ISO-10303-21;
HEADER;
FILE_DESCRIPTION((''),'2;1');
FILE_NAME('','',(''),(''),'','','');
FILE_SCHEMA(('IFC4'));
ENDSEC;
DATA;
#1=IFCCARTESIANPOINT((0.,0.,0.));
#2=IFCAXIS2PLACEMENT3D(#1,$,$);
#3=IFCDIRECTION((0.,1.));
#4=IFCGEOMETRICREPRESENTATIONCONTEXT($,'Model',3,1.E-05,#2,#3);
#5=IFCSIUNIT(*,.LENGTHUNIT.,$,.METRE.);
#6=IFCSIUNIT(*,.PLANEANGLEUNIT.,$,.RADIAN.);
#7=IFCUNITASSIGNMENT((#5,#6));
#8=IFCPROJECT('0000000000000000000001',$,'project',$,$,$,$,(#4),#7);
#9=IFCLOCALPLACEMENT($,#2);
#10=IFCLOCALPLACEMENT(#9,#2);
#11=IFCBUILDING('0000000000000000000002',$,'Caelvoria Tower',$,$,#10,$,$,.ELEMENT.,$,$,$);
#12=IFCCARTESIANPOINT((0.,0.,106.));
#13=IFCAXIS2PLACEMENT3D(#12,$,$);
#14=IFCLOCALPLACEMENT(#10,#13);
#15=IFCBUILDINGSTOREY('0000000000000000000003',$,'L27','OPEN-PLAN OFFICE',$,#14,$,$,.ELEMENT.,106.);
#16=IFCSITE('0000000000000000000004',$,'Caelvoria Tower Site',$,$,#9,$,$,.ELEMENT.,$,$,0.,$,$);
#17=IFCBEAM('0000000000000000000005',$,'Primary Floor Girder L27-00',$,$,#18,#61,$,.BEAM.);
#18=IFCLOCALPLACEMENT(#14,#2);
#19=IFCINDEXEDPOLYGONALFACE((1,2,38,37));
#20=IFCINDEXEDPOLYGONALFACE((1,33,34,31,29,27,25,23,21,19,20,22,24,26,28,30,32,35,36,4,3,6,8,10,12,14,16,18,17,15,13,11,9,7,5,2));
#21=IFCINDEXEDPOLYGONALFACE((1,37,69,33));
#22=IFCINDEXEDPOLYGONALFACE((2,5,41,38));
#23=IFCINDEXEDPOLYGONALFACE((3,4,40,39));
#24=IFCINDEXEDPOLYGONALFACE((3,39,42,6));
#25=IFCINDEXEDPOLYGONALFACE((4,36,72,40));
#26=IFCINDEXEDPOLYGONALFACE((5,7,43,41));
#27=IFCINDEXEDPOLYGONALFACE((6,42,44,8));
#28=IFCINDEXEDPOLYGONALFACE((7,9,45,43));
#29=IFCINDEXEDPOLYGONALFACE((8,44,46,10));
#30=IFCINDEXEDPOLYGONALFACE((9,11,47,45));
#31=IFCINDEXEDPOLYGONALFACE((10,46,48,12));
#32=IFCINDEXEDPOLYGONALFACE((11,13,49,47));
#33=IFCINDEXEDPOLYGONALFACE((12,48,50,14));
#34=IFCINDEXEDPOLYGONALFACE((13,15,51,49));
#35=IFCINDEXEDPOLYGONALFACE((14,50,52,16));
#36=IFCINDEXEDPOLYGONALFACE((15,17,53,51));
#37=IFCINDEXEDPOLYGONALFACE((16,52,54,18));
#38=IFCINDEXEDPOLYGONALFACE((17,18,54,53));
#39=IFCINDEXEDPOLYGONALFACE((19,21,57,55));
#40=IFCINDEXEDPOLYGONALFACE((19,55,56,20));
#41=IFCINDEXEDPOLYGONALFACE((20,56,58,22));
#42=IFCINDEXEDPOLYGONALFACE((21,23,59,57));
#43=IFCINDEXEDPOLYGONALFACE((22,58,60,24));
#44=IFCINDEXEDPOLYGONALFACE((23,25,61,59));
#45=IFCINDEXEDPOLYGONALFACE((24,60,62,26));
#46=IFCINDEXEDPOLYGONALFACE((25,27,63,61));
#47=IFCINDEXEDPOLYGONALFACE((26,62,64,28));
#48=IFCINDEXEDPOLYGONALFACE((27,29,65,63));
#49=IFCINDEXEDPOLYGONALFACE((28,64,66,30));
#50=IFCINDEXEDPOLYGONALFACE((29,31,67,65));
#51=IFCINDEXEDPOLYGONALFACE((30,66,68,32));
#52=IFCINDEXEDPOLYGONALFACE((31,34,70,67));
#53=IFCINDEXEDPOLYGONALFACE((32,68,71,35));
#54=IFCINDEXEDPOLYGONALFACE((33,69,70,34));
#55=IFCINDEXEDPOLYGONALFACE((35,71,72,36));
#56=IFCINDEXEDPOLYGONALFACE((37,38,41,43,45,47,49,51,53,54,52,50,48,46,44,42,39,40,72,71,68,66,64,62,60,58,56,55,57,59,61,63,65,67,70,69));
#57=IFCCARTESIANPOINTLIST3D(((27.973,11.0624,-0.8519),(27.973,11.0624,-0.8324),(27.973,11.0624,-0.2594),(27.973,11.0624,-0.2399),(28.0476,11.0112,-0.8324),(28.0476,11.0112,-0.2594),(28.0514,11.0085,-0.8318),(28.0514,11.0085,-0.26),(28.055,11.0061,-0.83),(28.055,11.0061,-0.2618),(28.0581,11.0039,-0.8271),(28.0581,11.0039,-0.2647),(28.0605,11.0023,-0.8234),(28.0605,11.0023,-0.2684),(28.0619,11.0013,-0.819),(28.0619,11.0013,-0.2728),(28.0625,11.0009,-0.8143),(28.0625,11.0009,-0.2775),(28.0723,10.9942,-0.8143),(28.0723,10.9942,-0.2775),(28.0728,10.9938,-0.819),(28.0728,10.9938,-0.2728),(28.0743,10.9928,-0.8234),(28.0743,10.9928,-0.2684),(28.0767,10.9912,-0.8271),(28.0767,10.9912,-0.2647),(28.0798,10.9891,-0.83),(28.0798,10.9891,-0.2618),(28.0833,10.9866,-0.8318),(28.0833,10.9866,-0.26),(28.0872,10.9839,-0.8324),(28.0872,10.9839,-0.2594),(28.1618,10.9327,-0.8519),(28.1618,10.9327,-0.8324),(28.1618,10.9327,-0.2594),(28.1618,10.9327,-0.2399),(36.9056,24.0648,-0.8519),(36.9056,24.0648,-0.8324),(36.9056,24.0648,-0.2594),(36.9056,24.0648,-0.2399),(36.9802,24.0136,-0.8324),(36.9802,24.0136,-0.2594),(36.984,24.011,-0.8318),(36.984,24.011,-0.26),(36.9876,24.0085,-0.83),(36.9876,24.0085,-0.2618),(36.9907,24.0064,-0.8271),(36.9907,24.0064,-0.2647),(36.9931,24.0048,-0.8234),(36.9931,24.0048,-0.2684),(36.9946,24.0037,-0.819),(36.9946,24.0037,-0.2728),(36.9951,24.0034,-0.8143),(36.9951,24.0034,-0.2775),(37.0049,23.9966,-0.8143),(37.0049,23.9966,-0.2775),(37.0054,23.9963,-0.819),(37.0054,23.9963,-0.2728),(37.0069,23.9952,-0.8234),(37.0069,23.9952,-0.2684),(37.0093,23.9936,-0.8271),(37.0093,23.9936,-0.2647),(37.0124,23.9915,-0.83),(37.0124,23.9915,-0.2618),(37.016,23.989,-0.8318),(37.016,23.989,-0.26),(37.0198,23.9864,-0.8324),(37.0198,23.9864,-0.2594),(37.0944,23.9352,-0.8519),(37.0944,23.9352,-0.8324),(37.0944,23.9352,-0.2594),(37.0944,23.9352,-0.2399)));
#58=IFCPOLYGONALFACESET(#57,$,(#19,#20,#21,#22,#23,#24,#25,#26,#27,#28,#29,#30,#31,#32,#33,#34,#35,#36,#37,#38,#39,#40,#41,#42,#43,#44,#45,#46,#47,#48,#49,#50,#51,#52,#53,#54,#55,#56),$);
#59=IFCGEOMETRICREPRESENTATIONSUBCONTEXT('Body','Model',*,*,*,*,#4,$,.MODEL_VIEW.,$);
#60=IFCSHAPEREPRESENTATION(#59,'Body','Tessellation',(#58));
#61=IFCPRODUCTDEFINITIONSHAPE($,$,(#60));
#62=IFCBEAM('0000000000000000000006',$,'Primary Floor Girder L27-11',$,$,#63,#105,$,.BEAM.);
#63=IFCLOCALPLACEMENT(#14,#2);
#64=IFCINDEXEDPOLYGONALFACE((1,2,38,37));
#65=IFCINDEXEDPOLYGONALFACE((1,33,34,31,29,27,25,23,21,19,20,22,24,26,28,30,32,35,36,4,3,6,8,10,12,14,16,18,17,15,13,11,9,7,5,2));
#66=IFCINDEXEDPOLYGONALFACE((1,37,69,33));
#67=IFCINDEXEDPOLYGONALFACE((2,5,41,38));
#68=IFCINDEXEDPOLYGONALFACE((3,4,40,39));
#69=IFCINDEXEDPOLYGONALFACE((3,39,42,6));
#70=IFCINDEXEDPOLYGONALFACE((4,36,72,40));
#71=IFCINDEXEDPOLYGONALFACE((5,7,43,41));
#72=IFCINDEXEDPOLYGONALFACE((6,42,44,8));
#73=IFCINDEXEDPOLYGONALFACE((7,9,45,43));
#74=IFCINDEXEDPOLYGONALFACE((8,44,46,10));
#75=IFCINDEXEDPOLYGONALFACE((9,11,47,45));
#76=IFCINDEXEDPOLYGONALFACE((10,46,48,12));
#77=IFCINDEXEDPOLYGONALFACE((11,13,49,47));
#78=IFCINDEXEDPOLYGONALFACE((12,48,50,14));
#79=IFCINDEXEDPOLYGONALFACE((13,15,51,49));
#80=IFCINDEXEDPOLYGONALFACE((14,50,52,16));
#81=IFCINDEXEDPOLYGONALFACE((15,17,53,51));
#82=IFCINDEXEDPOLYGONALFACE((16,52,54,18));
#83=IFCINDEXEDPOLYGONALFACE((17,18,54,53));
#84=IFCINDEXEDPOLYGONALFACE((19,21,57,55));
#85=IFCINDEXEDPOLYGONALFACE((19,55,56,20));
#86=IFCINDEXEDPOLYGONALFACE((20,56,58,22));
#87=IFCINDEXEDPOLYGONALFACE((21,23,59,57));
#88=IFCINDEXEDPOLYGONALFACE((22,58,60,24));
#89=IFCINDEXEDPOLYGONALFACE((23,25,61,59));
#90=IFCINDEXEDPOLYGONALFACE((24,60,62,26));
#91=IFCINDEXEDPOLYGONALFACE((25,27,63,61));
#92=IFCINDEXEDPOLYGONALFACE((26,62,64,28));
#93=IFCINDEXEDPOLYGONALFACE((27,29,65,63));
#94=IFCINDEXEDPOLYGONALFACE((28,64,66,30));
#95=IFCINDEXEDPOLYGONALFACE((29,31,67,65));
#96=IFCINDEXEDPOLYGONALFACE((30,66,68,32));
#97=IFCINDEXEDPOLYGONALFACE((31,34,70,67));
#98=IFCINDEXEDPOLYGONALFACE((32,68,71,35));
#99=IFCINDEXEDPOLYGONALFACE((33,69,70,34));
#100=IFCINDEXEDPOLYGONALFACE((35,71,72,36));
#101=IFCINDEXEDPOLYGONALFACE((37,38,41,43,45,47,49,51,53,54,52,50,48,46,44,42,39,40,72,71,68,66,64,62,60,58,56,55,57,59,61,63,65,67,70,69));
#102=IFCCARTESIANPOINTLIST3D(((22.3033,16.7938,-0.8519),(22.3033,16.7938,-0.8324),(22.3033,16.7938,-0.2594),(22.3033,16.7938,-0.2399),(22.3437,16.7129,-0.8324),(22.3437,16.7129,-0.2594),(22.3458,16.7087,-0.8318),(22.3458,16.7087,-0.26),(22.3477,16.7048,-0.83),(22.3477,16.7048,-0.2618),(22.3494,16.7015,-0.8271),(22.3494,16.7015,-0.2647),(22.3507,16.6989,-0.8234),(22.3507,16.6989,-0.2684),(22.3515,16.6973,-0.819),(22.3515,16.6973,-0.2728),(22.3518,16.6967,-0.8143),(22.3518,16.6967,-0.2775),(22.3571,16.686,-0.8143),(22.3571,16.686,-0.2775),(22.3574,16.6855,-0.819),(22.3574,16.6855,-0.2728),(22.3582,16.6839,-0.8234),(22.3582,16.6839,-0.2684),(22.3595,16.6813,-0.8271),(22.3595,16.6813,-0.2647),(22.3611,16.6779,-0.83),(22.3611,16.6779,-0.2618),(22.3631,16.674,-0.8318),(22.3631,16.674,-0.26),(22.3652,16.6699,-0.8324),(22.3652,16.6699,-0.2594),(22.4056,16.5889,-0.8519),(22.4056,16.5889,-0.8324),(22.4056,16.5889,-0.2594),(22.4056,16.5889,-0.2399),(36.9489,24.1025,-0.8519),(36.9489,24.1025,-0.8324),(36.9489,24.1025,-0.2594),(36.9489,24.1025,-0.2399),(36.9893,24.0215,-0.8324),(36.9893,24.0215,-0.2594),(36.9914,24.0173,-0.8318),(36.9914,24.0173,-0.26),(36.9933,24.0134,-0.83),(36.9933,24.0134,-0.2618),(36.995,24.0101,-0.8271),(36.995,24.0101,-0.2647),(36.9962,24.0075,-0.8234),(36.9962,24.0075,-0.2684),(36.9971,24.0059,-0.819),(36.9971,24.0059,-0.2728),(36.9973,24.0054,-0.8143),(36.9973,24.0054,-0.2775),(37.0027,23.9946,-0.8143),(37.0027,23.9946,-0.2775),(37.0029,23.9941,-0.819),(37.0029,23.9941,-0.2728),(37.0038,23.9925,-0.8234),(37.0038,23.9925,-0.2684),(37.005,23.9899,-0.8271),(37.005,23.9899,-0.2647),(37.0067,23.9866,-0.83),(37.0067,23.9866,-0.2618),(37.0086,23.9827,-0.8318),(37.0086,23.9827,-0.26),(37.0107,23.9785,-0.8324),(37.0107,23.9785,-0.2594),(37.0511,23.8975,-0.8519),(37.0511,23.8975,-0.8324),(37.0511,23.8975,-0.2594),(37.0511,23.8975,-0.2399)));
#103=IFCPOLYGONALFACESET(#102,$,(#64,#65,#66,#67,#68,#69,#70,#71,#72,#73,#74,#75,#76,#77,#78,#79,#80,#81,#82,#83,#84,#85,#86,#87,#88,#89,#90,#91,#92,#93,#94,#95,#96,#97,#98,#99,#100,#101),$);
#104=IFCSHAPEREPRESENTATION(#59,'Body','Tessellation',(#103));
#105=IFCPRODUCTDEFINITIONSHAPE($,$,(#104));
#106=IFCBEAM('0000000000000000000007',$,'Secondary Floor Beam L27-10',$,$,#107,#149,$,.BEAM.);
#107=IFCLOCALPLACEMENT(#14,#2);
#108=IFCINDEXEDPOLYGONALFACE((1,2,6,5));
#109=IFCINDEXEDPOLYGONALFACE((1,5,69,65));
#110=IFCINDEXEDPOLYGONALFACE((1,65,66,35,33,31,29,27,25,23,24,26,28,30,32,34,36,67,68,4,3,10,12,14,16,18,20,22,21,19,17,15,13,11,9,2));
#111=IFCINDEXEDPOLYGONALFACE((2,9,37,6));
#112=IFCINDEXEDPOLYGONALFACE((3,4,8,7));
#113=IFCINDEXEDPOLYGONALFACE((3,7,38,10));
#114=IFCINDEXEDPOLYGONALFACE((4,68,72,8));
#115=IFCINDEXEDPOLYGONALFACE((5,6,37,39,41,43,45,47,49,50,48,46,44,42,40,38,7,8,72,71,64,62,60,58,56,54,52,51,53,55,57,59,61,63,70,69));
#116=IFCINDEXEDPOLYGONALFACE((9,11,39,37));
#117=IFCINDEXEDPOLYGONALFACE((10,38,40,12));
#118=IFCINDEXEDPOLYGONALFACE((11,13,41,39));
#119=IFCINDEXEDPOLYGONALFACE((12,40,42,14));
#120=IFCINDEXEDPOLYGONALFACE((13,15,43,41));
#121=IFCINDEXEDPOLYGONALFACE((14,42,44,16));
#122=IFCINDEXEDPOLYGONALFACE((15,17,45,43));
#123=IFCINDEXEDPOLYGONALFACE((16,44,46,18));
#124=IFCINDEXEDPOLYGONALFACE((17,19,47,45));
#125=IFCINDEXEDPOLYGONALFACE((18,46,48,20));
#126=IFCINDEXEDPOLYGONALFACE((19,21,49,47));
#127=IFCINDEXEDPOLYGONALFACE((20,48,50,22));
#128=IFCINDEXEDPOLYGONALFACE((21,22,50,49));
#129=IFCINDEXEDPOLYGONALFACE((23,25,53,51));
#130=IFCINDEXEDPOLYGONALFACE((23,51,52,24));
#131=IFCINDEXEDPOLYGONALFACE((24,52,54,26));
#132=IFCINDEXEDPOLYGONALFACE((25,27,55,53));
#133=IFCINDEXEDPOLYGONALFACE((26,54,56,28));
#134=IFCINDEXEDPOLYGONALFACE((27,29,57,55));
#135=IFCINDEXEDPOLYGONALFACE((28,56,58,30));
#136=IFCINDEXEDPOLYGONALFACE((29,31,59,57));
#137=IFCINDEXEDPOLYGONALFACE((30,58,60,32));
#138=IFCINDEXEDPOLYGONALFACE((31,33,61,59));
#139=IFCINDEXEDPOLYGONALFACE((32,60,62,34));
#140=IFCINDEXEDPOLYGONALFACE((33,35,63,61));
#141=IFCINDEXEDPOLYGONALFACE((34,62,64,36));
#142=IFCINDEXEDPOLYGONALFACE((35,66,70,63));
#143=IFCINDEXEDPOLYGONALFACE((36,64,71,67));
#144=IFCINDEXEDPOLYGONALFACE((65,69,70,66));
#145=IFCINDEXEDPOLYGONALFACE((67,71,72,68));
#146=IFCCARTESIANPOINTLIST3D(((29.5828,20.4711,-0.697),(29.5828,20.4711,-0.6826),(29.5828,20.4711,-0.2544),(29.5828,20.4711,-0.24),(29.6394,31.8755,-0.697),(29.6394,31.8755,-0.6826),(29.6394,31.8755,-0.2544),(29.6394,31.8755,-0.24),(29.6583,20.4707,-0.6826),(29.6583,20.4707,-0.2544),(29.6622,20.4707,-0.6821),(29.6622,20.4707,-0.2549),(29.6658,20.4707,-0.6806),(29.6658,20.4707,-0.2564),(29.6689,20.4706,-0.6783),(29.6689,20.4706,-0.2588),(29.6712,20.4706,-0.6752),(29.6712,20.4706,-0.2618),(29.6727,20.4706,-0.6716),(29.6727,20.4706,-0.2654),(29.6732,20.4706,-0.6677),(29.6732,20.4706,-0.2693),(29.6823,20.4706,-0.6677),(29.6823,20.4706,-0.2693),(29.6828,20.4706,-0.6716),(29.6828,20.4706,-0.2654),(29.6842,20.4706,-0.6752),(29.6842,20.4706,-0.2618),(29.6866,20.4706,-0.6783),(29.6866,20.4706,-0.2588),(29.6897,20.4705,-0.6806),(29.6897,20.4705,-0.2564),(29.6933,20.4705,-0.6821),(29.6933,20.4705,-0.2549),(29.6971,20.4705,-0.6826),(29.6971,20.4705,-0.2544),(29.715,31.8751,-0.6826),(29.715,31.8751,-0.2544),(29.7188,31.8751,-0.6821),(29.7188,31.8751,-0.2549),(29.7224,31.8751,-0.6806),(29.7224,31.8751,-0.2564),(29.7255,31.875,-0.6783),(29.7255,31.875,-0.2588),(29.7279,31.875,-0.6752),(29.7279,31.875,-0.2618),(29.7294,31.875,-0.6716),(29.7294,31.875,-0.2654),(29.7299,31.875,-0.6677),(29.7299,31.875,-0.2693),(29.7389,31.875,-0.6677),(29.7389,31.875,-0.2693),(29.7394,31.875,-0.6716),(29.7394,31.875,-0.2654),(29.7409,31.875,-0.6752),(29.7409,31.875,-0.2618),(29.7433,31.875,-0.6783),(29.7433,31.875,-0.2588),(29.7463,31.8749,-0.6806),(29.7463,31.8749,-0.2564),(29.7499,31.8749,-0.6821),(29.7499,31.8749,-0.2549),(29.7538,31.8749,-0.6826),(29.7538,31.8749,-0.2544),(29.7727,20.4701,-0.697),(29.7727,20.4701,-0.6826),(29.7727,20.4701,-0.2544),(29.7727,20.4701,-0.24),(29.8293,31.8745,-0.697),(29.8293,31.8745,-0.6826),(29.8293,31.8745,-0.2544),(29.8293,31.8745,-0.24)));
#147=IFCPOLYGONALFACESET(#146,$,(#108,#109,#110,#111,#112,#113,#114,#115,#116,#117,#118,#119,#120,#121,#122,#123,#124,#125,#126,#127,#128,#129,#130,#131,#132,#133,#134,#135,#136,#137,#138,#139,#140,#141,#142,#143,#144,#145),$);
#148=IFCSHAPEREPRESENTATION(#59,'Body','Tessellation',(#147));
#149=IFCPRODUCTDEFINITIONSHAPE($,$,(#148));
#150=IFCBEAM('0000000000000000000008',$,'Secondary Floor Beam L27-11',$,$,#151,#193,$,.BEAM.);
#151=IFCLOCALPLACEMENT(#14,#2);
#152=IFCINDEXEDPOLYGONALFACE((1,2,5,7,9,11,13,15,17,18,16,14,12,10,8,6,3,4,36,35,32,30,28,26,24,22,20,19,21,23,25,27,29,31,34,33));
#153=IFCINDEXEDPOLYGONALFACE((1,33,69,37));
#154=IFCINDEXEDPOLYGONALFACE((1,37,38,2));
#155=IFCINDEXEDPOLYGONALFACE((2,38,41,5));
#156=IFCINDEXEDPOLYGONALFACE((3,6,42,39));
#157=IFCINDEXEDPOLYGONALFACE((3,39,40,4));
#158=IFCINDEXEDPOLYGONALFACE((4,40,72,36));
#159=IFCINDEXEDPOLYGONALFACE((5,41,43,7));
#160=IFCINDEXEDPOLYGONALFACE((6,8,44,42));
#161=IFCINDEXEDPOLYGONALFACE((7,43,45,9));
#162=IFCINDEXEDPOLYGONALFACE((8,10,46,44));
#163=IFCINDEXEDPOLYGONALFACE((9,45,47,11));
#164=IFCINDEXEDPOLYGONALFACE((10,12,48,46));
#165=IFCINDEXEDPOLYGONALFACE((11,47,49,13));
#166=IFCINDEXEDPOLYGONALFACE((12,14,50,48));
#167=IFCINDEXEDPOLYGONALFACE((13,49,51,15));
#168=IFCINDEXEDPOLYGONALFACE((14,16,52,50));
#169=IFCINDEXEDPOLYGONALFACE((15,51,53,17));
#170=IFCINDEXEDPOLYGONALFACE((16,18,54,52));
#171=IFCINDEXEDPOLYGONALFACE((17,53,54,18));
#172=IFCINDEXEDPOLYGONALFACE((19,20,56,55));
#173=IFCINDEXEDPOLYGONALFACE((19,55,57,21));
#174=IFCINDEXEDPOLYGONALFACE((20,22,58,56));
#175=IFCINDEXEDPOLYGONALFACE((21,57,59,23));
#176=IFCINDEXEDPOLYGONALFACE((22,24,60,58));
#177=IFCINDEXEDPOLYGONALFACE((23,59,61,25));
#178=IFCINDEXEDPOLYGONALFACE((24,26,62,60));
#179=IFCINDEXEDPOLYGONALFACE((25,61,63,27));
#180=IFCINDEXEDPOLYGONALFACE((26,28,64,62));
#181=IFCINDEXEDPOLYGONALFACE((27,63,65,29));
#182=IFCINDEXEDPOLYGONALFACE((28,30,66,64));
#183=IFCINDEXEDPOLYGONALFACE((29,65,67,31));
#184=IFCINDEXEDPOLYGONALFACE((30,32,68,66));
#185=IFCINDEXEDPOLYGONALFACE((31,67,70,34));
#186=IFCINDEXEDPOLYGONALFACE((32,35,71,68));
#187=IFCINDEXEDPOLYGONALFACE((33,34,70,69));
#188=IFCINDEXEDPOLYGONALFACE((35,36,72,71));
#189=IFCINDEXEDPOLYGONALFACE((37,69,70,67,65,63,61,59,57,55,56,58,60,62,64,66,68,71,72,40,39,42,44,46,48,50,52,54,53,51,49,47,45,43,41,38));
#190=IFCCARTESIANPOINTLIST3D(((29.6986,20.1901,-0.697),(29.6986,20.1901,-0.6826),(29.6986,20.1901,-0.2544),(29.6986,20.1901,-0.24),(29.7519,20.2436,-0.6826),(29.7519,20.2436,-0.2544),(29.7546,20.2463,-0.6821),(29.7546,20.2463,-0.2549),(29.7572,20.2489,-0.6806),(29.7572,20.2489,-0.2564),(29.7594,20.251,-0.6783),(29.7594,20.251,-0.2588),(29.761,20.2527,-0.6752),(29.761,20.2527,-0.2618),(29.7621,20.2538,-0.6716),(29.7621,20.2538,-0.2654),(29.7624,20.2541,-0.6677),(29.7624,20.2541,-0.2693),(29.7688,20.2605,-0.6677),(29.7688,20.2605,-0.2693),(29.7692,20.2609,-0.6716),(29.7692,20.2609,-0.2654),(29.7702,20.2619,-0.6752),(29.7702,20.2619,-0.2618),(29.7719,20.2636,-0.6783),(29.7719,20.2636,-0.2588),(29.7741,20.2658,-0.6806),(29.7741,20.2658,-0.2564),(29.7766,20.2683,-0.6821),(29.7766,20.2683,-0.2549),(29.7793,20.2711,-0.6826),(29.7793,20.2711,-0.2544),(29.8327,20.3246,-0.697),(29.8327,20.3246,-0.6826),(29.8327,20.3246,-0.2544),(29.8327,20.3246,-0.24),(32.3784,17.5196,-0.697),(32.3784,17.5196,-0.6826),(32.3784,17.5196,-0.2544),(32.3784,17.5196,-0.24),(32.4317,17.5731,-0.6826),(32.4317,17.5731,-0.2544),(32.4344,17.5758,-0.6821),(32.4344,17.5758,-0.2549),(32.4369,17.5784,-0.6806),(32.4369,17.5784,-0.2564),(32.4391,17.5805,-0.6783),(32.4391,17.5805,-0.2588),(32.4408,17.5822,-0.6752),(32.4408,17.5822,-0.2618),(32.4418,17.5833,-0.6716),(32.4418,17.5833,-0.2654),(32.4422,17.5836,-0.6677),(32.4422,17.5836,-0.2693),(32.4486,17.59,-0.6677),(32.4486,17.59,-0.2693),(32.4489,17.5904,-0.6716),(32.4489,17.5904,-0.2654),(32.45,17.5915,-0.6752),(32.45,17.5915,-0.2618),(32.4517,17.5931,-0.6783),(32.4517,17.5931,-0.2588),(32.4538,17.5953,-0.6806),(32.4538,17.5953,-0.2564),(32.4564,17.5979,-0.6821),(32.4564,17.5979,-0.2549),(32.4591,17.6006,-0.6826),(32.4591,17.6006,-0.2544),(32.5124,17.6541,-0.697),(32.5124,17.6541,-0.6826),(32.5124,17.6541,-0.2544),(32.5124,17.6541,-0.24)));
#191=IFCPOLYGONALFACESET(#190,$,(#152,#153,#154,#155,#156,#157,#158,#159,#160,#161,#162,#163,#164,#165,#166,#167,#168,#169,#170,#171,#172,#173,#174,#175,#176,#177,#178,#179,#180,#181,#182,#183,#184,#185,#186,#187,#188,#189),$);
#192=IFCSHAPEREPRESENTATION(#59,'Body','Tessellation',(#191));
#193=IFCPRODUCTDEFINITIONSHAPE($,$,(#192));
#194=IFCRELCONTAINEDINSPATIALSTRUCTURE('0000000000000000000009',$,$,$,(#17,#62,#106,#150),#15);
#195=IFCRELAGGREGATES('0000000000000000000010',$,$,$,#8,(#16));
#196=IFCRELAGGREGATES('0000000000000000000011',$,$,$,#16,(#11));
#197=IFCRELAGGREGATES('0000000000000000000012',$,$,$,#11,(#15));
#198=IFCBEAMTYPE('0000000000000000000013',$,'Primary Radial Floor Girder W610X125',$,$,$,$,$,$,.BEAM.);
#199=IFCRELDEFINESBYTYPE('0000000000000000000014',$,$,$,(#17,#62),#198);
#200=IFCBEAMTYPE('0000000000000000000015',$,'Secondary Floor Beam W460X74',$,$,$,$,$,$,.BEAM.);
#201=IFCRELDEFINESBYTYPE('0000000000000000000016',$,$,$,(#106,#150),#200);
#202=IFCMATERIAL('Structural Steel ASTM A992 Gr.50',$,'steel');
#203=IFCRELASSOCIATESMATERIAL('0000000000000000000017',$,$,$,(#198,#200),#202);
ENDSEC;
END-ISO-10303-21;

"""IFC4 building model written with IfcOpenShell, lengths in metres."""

from ifc_helpers import new_model, si_unit, direction, frame, origin, origin_2d, place, context, subcontext, project, spatial, i_section, extrude, material, material_profile, profile_set, type_object, element, save


model = new_model("IFC4")

# Units and contexts
model_context = context("Model", 3, precision=1e-05, world=origin(), true_north=direction((0.0, 1.0)))
body_context = subcontext(model_context, "Body", "Model", "MODEL_VIEW")
ifc_project = project(units=[si_unit("LENGTHUNIT", "METRE"), si_unit("PLANEANGLEUNIT", "RADIAN")], contexts=[model_context])

# Site, building, storey
site_placement = place(None, origin())
site = spatial("IfcSite", under=ifc_project, at=site_placement, Name="Caelvoria Tower Site", CompositionType="ELEMENT", RefElevation=0.0)
building_placement = place(site_placement, origin())
building = spatial("IfcBuilding", under=site, at=building_placement, Name="Caelvoria Tower", CompositionType="ELEMENT")
storey_placement = place(building_placement, frame((0.0, 0.0, 106.0)))
storey = spatial("IfcBuildingStorey", under=building, at=storey_placement, Name="L27", Description="OPEN-PLAN OFFICE", CompositionType="ELEMENT", Elevation=106.0)

# Beams
ifc_material_1 = material(Name="Structural Steel ASTM A992 Gr.50", Category="steel")
ifc_material_profile_1 = material_profile(ifc_material_1, i_section(OverallWidth=0.229, OverallDepth=0.6121, WebThickness=0.012, FlangeThickness=0.0195, FilletRadius=0.0181, at=origin_2d()), Name="Structural Steel ASTM A992 Gr.50")
ifc_profile_set_1 = profile_set([ifc_material_profile_1], Name="W610X125 - Structural Steel ASTM A992 Gr.50")
beam_type_1 = type_object("IfcBeamType", Name="Primary Radial Floor Girder W610X125", PredefinedType="BEAM", material=ifc_profile_set_1)
beam_1_placement = place(storey_placement, frame((37.0, 24.0, -0.5459), z_axis=(-0.566246, -0.824236, 0.0), x_axis=(0.824236, -0.566246, 0.0)))
element("IfcBeam", 1, at=beam_1_placement, inside=storey, type_object=beam_type_1, Name="Primary Floor Girder L27-00", PredefinedType="BEAM", context=body_context, shape_type="SweptSolid", body=[
    extrude(i_section(OverallWidth=0.229, OverallDepth=0.6121, WebThickness=0.012, FlangeThickness=0.0195, FilletRadius=0.0181, at=origin_2d()), origin(), (0.0, 0.0, 1.0), 15.7751),
])
beam_2_placement = place(storey_placement, frame((37.0, 24.0, -0.5459), z_axis=(-0.894773, -0.446521, 0.0), x_axis=(0.446521, -0.894773, 0.0)))
element("IfcBeam", 2, at=beam_2_placement, inside=storey, type_object=beam_type_1, Name="Primary Floor Girder L27-11", PredefinedType="BEAM", context=body_context, shape_type="SweptSolid", body=[
    extrude(i_section(OverallWidth=0.229, OverallDepth=0.6121, WebThickness=0.012, FlangeThickness=0.0195, FilletRadius=0.0181, at=origin_2d()), origin(), (0.0, 0.0, 1.0), 16.3679),
])
ifc_material_profile_2 = material_profile(ifc_material_1, i_section(OverallWidth=0.1899, OverallDepth=0.457, WebThickness=0.009, FlangeThickness=0.0144, FilletRadius=0.0149, at=origin_2d()), Name="Structural Steel ASTM A992 Gr.50")
ifc_profile_set_2 = profile_set([ifc_material_profile_2], Name="W460X74 - Structural Steel ASTM A992 Gr.50")
beam_type_2 = type_object("IfcBeamType", Name="Secondary Floor Beam W460X74", PredefinedType="BEAM", material=ifc_profile_set_2)
beam_3_placement = place(storey_placement, frame((29.7344, 31.875, -0.4685), z_axis=(-0.004967, -0.999988, 0.0), x_axis=(0.999988, -0.004967, 0.0)))
element("IfcBeam", 3, at=beam_3_placement, inside=storey, type_object=beam_type_2, Name="Secondary Floor Beam L27-10", PredefinedType="BEAM", context=body_context, shape_type="SweptSolid", body=[
    extrude(i_section(OverallWidth=0.1899, OverallDepth=0.457, WebThickness=0.009, FlangeThickness=0.0144, FilletRadius=0.0149, at=origin_2d()), origin(), (0.0, 0.0, 1.0), 11.4045),
])
beam_4_placement = place(storey_placement, frame((29.7656, 20.2573, -0.4685), z_axis=(0.708332, -0.70588, 0.0), x_axis=(0.70588, 0.708332, 0.0)))
element("IfcBeam", 4, at=beam_4_placement, inside=storey, type_object=beam_type_2, Name="Secondary Floor Beam L27-11", PredefinedType="BEAM", context=body_context, shape_type="SweptSolid", body=[
    extrude(i_section(OverallWidth=0.1899, OverallDepth=0.457, WebThickness=0.009, FlangeThickness=0.0144, FilletRadius=0.0149, at=origin_2d()), origin(), (0.0, 0.0, 1.0), 3.7832),
])

save(model, "model.ifc")
